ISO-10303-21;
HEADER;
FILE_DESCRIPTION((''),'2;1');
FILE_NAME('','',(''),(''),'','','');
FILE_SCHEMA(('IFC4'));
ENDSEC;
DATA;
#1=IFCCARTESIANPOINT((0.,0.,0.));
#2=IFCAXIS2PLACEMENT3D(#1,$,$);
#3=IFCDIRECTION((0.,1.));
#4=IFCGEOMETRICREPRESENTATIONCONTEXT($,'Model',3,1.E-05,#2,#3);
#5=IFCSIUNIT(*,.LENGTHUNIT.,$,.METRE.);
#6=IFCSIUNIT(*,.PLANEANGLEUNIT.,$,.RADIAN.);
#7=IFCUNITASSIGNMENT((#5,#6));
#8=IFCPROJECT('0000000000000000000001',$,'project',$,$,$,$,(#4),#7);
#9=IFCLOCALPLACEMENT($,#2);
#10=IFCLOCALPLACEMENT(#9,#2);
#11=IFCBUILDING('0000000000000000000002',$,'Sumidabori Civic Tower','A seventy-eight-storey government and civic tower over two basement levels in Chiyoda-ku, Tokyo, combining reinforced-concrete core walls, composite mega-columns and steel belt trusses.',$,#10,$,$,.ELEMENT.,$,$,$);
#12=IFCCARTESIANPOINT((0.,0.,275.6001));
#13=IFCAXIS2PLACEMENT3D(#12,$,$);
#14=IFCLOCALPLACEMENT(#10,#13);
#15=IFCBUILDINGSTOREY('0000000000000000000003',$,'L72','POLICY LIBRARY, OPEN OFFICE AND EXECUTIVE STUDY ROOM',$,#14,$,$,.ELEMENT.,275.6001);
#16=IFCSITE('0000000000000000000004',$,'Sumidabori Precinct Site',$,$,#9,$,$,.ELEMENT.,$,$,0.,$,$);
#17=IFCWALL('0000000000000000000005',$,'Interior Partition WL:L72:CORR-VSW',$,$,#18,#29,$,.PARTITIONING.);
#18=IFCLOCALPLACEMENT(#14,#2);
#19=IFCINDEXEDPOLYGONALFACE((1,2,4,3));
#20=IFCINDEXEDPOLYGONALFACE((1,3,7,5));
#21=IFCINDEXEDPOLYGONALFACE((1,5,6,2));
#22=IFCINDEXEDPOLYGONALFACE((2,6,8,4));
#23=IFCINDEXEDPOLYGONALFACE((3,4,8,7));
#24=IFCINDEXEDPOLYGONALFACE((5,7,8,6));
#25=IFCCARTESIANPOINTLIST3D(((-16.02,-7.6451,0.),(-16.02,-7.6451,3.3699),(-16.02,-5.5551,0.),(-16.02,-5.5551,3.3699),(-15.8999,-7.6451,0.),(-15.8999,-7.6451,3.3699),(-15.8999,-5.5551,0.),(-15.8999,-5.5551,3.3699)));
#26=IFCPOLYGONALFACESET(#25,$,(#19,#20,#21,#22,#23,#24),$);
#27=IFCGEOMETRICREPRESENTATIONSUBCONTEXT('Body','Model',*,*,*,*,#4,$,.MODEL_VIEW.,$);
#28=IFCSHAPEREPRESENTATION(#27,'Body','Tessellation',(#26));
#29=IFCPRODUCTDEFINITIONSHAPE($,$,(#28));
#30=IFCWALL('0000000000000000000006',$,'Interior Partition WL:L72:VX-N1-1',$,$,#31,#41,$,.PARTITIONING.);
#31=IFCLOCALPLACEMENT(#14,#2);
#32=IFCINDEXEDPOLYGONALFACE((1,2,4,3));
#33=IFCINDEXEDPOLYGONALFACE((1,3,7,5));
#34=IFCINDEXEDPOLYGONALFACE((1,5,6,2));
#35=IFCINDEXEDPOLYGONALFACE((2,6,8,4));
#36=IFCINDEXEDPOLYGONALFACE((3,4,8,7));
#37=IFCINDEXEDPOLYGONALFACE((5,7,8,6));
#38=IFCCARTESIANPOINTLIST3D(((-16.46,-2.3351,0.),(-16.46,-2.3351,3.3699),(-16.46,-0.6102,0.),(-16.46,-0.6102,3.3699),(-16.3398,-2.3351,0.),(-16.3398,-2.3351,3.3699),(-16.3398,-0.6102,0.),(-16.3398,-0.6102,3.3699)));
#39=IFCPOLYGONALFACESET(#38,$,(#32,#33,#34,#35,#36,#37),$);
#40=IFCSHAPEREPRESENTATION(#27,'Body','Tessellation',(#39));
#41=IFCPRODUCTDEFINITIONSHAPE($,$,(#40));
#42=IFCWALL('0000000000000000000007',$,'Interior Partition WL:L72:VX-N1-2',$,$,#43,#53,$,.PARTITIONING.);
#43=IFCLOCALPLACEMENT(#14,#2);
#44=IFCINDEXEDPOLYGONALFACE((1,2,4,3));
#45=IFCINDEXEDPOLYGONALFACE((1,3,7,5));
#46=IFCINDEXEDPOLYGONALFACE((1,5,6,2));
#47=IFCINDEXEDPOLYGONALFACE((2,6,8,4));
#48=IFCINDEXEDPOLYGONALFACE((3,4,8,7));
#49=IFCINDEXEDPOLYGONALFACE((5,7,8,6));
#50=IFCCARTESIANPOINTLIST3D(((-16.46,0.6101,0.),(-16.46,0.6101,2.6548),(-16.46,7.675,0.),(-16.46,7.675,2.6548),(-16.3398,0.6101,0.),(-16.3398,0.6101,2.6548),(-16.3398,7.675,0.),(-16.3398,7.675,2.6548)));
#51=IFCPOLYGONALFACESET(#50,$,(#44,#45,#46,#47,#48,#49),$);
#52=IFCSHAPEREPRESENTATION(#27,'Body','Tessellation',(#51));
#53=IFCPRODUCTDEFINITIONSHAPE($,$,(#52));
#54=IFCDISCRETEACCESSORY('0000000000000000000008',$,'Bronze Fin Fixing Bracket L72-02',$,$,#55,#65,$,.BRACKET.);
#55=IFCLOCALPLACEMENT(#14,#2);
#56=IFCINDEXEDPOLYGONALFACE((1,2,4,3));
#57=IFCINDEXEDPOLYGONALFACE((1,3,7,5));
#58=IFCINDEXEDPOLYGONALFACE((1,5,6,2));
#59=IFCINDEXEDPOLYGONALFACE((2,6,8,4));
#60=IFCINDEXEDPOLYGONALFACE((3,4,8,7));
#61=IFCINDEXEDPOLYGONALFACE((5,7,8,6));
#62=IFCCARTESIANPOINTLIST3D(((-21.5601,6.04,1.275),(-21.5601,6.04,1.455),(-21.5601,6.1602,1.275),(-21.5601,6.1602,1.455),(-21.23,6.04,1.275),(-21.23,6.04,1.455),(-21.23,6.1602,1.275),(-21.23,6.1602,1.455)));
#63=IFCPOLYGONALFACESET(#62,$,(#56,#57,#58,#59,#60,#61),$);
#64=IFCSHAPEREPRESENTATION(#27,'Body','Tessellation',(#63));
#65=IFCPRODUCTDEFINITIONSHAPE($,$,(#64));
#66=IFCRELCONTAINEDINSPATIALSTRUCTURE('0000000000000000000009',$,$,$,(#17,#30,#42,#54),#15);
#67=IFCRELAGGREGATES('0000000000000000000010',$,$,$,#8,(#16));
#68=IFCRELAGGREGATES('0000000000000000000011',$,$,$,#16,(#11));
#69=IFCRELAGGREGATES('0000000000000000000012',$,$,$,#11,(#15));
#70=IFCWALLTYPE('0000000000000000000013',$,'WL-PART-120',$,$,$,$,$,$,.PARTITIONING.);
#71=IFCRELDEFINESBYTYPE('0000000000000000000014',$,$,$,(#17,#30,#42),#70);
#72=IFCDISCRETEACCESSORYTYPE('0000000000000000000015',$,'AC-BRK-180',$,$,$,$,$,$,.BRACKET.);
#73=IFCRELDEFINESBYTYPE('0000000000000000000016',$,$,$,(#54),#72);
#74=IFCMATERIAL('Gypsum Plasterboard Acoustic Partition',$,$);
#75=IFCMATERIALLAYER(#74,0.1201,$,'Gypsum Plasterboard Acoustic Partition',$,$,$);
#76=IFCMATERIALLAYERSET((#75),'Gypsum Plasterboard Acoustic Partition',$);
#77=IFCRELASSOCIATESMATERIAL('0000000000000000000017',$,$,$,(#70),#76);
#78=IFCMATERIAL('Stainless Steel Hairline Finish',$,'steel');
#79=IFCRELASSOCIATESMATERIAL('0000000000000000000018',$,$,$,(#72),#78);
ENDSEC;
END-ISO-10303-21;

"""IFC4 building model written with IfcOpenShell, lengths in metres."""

from ifc_helpers import new_model, si_unit, direction, frame, frame_2d, origin, origin_2d, place, context, subcontext, project, spatial, rectangle, extrude, source, transform, mapped, material, layer, layer_set, material_profile, profile_set, type_object, element, save


model = new_model("IFC4")

# Units and contexts
model_context = context("Model", 3, precision=1e-05, world=origin(), true_north=direction((0.0, 1.0)))
body_context = subcontext(model_context, "Body", "Model", "MODEL_VIEW")
ifc_project = project(units=[si_unit("LENGTHUNIT", "METRE"), si_unit("PLANEANGLEUNIT", "RADIAN")], contexts=[model_context])

# Site, building, storey
site_placement = place(None, origin())
site = spatial("IfcSite", under=ifc_project, at=site_placement, Name="Sumidabori Precinct Site", CompositionType="ELEMENT", RefElevation=0.0)
building_placement = place(site_placement, origin())
building = spatial("IfcBuilding", under=site, at=building_placement, Name="Sumidabori Civic Tower", Description="A seventy-eight-storey government and civic tower over two basement levels in Chiyoda-ku, Tokyo, combining reinforced-concrete core walls, composite mega-columns and steel belt trusses.", CompositionType="ELEMENT")
storey_placement = place(building_placement, frame((0.0, 0.0, 275.6001)))
storey = spatial("IfcBuildingStorey", under=building, at=storey_placement, Name="L72", Description="POLICY LIBRARY, OPEN OFFICE AND EXECUTIVE STUDY ROOM", CompositionType="ELEMENT", Elevation=275.6001)

# Shared definitions
ifc_material_1 = material(Name="Gypsum Plasterboard Acoustic Partition")
ifc_layer_1 = layer(ifc_material_1, 0.1201, Name="Gypsum Plasterboard Acoustic Partition")
ifc_layer_set_1 = layer_set([ifc_layer_1], Name="Gypsum Plasterboard Acoustic Partition")
wall_type_1 = type_object("IfcWallType", Name="WL-PART-120", PredefinedType="PARTITIONING", material=ifc_layer_set_1)

# Walls
shared_shape_1 = source(origin(), body_context, "Body", "SweptSolid", [
    extrude(rectangle(XDim=2.0901, YDim=0.1201, at=frame_2d((1.0449, 0.0))), origin(), (0.0, 0.0, 1.0), 3.3699),
])
wall_1_placement = place(storey_placement, frame((-15.96, -7.645, 0.0), z_axis=(0.0, 0.0, 1.0), x_axis=(0.0, 1.0, 0.0)))
element("IfcWall", 1, at=wall_1_placement, inside=storey, type_object=wall_type_1, Name="Interior Partition WL:L72:CORR-VSW", PredefinedType="PARTITIONING", context=body_context, shape_type="MappedRepresentation", body=[
    mapped(shared_shape_1, transform((0.0, 0.0, 0.0), x_axis=(1.0, 0.0, 0.0), y_axis=(0.0, 1.0, 0.0), z_axis=(0.0, 0.0, 1.0), scale=1.0)),
])
shared_shape_2 = source(origin(), body_context, "Body", "SweptSolid", [
    extrude(rectangle(XDim=1.7249, YDim=0.1201, at=frame_2d((0.8623, 0.0))), origin(), (0.0, 0.0, 1.0), 3.3699),
])
wall_2_placement = place(storey_placement, frame((-16.3999, -2.335, 0.0), z_axis=(0.0, 0.0, 1.0), x_axis=(0.0, 1.0, 0.0)))
element("IfcWall", 2, at=wall_2_placement, inside=storey, type_object=wall_type_1, Name="Interior Partition WL:L72:VX-N1-1", PredefinedType="PARTITIONING", context=body_context, shape_type="MappedRepresentation", body=[
    mapped(shared_shape_2, transform((0.0, 0.0, 0.0), x_axis=(1.0, 0.0, 0.0), y_axis=(0.0, 1.0, 0.0), z_axis=(0.0, 0.0, 1.0), scale=1.0)),
])
shared_shape_3 = source(origin(), body_context, "Body", "SweptSolid", [
    extrude(rectangle(XDim=7.0649, YDim=0.1201, at=frame_2d((3.5325, 0.0))), origin(), (0.0, 0.0, 1.0), 2.6548),
])
wall_3_placement = place(storey_placement, frame((-16.3999, 0.6101, 0.0), z_axis=(0.0, 0.0, 1.0), x_axis=(0.0, 1.0, 0.0)))
element("IfcWall", 3, at=wall_3_placement, inside=storey, type_object=wall_type_1, Name="Interior Partition WL:L72:VX-N1-2", PredefinedType="PARTITIONING", context=body_context, shape_type="MappedRepresentation", body=[
    mapped(shared_shape_3, transform((0.0, 0.0, 0.0), x_axis=(1.0, 0.0, 0.0), y_axis=(0.0, 1.0, 0.0), z_axis=(0.0, 0.0, 1.0), scale=1.0)),
])

# Discrete accessory
ifc_material_2 = material(Name="Stainless Steel Hairline Finish", Category="steel")
ifc_material_profile_1 = material_profile(ifc_material_2, rectangle(XDim=0.1201, YDim=0.1799, at=origin_2d()), Name="STEEL BRACKET 180x120")
ifc_profile_set_1 = profile_set([ifc_material_profile_1], Name="Stainless Steel Hairline Finish")
discrete_accessory_type = type_object("IfcDiscreteAccessoryType", Name="AC-BRK-180", PredefinedType="BRACKET", material=ifc_profile_set_1)
shared_shape_4 = source(origin(), body_context, "Body", "SweptSolid", [
    extrude(rectangle(XDim=0.1201, YDim=0.1799, at=origin_2d()), origin(), (0.0, 0.0, 1.0), 0.3301),
])
discrete_accessory_placement = place(storey_placement, frame((-21.23, 6.1001, 1.365), z_axis=(-1.0, 0.0, 0.0), x_axis=(0.0, -1.0, 0.0)))
element("IfcDiscreteAccessory", 4, at=discrete_accessory_placement, inside=storey, type_object=discrete_accessory_type, Name="Bronze Fin Fixing Bracket L72-02", PredefinedType="BRACKET", context=body_context, shape_type="MappedRepresentation", body=[
    mapped(shared_shape_4, transform((0.0, 0.0, 0.0), x_axis=(1.0, 0.0, 0.0), y_axis=(0.0, 1.0, 0.0), z_axis=(0.0, 0.0, 1.0), scale=1.0)),
])

save(model, "model.ifc")
